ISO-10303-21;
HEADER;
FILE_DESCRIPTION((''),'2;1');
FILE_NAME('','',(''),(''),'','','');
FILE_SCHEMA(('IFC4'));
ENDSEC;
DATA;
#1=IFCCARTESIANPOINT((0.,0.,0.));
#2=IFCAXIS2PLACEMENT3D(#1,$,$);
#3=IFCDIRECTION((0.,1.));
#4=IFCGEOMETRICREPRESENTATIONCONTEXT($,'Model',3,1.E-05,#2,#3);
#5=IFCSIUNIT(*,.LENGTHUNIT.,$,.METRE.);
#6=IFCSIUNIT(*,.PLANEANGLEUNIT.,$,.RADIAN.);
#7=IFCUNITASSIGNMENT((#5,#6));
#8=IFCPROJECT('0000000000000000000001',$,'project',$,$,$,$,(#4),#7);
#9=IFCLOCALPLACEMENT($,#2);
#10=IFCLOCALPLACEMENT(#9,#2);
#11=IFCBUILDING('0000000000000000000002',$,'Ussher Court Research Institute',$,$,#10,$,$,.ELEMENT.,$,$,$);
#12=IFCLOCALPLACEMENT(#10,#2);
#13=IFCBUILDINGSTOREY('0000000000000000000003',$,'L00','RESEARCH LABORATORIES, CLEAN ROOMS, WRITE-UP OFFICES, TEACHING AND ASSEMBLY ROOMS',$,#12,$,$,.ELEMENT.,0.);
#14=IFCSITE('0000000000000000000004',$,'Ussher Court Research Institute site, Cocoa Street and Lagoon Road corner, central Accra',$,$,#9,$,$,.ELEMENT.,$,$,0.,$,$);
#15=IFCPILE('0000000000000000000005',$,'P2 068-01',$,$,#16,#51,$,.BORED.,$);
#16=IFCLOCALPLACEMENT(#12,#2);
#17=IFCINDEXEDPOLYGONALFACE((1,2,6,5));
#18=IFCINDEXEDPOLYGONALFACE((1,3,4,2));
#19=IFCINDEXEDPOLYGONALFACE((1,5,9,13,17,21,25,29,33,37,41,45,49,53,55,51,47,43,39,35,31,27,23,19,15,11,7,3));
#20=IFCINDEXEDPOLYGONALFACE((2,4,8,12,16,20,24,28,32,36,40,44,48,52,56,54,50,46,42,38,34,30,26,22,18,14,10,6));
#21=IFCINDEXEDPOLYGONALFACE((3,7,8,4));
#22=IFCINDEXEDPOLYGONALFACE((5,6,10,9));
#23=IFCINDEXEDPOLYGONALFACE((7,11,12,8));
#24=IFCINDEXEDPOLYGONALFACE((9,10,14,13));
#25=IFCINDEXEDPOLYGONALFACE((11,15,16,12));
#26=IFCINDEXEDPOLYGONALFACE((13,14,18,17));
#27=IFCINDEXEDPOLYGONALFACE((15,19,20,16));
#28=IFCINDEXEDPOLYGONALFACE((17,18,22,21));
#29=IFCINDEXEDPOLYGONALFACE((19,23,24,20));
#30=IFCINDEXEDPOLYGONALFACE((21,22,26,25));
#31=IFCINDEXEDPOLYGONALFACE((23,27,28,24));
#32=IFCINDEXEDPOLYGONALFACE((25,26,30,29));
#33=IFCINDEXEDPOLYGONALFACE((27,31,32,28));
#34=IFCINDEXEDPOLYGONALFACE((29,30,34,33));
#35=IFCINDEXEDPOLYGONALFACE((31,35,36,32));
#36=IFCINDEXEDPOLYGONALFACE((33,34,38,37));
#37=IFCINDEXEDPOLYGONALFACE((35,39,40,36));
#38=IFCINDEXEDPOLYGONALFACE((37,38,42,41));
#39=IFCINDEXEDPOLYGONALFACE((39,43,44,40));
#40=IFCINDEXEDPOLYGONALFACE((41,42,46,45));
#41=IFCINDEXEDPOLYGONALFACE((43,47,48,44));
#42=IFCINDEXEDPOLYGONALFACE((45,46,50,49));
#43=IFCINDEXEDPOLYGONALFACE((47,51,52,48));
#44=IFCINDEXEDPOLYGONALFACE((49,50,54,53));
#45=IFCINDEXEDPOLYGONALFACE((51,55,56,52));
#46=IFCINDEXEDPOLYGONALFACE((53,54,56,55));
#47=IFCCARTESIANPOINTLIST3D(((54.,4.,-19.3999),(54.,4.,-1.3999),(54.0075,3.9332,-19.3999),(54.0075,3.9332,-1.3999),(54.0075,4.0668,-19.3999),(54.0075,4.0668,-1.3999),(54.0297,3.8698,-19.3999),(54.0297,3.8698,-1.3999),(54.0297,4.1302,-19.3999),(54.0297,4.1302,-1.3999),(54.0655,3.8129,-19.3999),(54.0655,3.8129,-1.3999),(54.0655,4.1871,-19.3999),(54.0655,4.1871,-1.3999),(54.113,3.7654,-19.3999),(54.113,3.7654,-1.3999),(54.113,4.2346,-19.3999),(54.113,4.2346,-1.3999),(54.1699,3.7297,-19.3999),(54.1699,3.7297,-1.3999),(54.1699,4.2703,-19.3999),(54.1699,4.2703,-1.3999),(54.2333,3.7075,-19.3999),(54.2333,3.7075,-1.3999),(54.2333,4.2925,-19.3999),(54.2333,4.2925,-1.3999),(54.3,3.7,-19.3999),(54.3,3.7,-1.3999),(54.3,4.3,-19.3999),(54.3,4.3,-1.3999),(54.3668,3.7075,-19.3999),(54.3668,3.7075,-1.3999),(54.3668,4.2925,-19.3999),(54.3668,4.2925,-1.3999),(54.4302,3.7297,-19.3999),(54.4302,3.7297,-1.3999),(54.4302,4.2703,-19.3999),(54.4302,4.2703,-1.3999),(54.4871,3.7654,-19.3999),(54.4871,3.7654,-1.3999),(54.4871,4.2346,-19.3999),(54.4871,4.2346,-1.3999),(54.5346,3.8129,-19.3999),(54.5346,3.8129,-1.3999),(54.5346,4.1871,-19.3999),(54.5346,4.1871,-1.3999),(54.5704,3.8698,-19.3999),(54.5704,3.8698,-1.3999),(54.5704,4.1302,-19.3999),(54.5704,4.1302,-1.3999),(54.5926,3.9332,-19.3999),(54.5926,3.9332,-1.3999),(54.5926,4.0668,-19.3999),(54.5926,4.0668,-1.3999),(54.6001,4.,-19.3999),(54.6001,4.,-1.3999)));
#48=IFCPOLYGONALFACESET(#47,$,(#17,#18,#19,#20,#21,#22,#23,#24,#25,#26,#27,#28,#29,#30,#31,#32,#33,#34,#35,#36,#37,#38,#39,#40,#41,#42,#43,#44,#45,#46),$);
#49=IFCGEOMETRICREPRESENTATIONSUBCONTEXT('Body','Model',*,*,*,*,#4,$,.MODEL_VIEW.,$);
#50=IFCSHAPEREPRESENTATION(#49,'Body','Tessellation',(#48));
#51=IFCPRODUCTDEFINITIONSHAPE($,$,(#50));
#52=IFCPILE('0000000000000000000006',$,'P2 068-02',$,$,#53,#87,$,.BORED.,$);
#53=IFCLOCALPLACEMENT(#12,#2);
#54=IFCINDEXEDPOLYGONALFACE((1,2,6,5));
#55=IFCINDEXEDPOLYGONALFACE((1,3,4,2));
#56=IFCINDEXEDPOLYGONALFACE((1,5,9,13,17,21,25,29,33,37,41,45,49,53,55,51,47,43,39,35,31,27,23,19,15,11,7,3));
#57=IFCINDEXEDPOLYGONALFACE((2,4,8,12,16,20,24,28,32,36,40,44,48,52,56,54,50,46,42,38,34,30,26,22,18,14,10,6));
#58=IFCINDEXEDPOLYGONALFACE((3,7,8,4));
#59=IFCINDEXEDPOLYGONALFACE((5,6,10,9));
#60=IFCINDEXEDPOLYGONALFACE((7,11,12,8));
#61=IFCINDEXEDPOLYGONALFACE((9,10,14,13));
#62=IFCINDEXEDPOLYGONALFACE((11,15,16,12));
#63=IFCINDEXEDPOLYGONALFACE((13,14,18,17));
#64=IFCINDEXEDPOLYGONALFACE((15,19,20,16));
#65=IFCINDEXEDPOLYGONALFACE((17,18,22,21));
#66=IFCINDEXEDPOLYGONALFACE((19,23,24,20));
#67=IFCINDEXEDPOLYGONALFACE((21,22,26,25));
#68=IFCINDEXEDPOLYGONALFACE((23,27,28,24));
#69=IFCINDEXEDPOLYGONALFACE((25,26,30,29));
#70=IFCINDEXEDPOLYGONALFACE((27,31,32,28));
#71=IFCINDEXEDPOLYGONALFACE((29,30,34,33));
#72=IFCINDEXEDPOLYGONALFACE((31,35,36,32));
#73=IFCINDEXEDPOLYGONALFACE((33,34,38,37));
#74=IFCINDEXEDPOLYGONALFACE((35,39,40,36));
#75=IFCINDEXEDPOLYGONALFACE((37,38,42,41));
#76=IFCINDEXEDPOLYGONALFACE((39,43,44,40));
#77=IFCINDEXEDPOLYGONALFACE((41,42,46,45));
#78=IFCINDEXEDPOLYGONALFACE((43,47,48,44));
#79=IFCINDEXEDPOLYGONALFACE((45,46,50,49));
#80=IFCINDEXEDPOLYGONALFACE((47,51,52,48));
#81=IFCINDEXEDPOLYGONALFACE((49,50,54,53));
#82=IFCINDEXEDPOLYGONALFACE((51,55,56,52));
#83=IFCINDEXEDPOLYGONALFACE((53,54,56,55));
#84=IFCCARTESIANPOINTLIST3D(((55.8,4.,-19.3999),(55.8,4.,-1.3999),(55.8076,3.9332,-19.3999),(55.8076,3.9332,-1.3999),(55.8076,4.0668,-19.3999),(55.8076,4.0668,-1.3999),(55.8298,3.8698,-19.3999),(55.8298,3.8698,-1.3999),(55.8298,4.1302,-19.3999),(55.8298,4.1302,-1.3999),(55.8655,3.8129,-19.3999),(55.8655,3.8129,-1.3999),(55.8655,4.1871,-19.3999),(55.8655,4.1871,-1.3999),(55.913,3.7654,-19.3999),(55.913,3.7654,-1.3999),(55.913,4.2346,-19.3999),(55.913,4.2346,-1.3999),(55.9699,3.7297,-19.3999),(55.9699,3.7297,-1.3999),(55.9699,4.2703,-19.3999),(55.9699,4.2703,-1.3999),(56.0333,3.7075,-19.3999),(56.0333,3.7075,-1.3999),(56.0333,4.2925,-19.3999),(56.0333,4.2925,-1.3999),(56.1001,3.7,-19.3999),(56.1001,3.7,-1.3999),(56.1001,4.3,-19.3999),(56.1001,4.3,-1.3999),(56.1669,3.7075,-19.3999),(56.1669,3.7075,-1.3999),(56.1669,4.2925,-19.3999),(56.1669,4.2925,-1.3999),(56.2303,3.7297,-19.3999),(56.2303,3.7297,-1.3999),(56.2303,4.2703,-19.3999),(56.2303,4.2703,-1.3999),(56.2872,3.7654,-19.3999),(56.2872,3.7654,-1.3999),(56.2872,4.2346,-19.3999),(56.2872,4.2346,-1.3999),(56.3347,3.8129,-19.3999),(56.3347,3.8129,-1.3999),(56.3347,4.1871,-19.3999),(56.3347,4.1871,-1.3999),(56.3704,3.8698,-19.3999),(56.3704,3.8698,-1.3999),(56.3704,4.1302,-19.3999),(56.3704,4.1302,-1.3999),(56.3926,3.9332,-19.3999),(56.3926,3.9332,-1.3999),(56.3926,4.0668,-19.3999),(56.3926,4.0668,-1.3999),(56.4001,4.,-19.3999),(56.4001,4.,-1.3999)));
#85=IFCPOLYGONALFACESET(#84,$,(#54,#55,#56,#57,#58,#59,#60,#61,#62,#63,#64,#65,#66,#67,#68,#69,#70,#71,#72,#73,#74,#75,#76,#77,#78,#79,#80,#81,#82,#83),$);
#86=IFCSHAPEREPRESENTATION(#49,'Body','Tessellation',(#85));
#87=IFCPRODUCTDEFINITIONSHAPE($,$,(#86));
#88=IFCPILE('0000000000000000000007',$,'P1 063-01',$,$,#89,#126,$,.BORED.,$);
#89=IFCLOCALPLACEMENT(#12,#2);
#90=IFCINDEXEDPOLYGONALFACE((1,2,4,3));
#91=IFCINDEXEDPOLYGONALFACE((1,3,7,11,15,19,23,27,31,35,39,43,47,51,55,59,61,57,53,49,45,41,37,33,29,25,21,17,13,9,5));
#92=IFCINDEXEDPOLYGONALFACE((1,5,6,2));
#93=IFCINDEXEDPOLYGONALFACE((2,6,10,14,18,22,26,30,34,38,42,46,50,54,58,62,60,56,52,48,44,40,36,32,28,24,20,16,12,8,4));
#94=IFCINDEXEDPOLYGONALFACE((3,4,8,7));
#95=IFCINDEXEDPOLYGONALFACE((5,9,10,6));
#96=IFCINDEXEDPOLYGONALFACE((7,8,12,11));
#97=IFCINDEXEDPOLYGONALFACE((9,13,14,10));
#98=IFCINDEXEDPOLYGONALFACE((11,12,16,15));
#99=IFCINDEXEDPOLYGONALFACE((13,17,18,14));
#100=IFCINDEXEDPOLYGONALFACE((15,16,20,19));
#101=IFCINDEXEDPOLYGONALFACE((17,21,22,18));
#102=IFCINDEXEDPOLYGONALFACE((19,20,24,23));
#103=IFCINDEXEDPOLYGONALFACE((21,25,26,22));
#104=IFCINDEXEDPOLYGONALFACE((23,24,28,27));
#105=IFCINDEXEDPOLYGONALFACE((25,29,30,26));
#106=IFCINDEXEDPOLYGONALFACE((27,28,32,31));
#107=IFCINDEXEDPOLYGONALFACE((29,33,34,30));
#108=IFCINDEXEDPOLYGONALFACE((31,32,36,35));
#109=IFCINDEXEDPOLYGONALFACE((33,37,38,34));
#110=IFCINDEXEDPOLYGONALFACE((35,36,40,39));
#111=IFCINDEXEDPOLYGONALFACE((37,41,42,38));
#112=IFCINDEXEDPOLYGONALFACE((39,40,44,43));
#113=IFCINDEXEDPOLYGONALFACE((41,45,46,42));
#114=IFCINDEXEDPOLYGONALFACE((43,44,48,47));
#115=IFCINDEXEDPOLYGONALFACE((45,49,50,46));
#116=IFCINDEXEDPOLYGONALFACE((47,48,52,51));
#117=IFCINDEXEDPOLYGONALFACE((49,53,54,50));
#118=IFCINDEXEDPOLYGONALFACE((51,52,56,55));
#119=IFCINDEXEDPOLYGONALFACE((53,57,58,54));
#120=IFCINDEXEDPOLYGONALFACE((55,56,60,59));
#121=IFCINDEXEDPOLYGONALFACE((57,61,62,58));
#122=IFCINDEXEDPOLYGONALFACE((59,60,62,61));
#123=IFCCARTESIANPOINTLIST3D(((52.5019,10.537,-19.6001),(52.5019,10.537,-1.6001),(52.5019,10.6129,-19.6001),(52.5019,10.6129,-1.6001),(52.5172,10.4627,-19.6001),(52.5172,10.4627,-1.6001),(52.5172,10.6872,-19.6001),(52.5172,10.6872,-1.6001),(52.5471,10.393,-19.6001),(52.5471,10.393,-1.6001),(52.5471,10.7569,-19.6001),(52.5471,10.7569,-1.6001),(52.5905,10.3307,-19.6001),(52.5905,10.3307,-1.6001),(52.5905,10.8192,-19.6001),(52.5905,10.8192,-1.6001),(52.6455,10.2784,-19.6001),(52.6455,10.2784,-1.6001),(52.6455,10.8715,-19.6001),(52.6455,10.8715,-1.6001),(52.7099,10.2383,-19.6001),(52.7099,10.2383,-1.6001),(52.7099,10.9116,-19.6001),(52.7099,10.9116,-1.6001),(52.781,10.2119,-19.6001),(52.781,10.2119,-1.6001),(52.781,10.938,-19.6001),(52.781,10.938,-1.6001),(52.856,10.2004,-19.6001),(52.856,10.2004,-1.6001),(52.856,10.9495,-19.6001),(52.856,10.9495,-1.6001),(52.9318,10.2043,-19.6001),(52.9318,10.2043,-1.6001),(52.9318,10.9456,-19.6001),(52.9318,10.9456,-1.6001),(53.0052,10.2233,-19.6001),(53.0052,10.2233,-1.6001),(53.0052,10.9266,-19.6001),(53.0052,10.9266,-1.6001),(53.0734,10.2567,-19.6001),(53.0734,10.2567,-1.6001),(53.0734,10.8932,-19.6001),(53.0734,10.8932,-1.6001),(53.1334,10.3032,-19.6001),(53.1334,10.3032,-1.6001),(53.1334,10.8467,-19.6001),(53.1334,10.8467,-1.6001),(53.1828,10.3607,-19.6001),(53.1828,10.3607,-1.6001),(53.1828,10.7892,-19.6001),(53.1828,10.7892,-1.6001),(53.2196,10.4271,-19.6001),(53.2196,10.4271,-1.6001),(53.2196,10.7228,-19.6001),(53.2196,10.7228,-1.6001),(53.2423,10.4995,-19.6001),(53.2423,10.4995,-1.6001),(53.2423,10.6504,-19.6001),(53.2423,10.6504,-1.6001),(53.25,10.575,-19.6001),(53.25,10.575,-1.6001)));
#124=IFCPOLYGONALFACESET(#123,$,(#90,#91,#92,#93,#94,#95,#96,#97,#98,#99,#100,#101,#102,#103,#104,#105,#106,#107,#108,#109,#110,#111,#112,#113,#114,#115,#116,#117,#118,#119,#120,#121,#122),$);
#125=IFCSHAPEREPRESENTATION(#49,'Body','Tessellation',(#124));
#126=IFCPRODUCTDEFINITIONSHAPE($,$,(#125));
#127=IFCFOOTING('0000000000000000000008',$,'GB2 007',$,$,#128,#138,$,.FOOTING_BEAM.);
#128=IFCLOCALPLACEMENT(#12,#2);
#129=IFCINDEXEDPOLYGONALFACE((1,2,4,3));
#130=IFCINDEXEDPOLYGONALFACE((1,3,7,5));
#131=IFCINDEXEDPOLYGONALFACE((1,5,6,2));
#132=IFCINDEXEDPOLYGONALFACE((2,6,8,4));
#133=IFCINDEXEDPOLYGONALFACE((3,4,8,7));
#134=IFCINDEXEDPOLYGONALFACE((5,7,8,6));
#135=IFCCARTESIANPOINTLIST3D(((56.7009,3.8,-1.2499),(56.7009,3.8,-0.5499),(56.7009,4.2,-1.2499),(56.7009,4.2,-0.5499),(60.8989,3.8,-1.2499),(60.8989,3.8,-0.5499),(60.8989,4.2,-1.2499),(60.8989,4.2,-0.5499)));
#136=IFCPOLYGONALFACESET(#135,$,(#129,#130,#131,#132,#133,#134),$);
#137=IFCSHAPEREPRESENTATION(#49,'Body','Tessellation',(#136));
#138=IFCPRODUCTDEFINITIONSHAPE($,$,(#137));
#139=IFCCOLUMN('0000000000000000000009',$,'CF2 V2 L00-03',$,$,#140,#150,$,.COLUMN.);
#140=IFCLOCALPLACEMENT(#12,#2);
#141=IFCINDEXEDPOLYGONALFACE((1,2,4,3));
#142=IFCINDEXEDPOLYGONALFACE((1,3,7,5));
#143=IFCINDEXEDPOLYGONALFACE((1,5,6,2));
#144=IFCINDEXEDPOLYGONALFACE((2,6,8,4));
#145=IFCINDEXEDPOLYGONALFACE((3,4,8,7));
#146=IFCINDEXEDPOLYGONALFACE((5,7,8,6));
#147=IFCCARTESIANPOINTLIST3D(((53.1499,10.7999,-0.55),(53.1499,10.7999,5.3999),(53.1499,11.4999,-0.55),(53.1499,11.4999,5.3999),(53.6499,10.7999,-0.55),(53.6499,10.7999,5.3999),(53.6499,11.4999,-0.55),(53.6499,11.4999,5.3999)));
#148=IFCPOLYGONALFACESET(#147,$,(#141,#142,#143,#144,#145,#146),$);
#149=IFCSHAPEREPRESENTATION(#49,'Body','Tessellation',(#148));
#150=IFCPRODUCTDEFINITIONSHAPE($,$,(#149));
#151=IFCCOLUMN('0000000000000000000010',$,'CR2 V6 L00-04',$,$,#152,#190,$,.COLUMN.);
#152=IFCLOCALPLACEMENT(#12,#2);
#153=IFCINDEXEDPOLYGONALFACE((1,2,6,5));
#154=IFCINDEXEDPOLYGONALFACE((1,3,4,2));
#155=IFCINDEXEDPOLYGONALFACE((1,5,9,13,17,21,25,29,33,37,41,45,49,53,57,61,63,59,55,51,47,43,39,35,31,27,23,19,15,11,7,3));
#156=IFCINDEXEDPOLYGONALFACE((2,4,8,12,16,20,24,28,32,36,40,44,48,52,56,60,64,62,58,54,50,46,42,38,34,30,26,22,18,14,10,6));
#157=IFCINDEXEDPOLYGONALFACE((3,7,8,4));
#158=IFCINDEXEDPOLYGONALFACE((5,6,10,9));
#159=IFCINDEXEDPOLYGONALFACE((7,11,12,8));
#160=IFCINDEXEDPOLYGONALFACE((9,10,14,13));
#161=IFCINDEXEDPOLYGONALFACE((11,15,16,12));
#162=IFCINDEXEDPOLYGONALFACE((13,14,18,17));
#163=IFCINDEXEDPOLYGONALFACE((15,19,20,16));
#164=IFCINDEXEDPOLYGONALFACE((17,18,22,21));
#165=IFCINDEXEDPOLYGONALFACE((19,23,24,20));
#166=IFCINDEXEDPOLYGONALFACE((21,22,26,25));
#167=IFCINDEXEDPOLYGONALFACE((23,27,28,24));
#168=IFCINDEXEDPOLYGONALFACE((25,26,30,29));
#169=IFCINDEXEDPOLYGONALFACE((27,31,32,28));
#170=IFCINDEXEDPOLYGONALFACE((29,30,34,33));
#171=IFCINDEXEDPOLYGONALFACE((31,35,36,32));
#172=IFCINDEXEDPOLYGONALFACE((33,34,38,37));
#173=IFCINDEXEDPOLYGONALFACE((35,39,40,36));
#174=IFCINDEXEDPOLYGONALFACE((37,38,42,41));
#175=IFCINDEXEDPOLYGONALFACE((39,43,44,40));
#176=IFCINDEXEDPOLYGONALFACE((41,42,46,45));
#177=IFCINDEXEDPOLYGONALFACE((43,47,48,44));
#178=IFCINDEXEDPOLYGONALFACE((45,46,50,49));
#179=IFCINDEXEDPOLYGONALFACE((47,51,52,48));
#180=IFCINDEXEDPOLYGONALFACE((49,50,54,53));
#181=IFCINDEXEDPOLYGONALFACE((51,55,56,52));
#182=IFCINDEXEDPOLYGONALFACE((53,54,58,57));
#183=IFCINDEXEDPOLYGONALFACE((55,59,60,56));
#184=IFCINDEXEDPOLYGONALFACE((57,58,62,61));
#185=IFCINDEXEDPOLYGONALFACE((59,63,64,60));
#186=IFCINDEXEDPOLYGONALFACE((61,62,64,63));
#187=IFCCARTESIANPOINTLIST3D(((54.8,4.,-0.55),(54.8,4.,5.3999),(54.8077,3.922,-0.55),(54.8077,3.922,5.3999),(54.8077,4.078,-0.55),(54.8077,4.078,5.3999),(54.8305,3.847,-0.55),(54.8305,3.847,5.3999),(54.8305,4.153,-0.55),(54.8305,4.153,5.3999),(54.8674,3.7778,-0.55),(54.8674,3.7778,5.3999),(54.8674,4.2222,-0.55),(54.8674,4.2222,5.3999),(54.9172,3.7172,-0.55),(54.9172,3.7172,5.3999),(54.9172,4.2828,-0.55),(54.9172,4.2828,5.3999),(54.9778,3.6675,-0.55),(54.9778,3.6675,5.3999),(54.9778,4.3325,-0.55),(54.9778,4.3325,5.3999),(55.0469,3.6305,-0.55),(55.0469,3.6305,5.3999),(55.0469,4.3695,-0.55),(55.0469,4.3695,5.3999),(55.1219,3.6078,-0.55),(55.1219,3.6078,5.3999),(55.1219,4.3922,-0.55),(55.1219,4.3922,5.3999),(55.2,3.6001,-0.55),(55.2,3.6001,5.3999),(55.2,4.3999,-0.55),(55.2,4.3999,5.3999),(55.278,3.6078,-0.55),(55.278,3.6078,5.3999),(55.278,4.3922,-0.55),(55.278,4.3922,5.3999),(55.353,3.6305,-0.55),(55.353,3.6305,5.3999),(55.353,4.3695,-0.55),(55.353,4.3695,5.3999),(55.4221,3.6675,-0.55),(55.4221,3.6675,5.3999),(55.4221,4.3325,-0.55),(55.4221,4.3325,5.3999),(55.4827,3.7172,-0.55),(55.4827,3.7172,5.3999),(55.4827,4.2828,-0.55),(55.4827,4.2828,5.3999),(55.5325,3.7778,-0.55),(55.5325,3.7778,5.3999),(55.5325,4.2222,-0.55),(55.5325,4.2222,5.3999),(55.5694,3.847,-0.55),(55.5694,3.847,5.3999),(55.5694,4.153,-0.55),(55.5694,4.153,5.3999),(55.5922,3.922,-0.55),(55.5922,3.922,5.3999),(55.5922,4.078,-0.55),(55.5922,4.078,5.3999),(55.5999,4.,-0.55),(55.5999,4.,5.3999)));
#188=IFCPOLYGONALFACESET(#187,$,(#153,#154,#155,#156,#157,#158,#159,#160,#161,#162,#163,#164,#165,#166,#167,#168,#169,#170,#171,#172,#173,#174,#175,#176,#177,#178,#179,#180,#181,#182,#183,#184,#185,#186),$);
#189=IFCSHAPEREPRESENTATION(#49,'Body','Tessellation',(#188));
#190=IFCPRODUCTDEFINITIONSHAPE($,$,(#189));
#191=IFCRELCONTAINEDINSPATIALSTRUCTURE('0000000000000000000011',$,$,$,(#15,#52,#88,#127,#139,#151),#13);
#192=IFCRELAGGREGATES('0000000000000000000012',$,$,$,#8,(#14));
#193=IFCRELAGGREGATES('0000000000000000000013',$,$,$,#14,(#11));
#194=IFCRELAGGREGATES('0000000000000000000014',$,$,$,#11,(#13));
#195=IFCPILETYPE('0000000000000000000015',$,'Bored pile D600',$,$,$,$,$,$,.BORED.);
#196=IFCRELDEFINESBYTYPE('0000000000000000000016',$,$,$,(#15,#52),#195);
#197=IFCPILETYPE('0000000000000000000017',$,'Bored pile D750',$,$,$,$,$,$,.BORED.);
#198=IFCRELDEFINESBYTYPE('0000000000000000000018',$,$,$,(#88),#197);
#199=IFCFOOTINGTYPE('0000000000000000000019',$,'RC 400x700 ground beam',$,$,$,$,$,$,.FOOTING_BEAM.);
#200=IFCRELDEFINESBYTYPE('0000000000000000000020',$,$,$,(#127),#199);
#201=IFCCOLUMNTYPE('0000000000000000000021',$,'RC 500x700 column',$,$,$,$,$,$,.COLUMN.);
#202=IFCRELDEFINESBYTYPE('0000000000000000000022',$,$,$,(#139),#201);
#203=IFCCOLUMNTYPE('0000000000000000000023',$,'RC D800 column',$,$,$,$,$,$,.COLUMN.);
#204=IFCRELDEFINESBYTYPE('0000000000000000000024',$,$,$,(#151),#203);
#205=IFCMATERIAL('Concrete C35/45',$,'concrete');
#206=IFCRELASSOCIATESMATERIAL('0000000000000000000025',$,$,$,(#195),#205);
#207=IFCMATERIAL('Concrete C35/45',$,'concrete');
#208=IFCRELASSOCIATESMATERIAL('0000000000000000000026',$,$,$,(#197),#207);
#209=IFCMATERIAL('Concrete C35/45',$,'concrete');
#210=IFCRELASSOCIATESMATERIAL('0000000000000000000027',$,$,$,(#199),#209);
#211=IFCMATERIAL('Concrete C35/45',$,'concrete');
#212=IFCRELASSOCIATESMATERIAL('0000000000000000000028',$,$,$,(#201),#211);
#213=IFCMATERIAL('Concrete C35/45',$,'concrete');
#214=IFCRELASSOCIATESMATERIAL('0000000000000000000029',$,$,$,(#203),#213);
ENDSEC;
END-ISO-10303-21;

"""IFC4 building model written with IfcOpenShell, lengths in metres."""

from ifc_helpers import new_model, si_unit, direction, frame, origin, origin_2d, place, context, subcontext, project, spatial, rectangle, circle, extrude, material, material_profile, profile_set, type_object, element, save


model = new_model("IFC4")

# Units and contexts
model_context = context("Model", 3, precision=1e-05, world=origin(), true_north=direction((0.0, 1.0)))
body_context = subcontext(model_context, "Body", "Model", "MODEL_VIEW")
ifc_project = project(units=[si_unit("LENGTHUNIT", "METRE"), si_unit("PLANEANGLEUNIT", "RADIAN")], contexts=[model_context])

# Site, building, storey
site_placement = place(None, origin())
site = spatial("IfcSite", under=ifc_project, at=site_placement, Name="Ussher Court Research Institute site, Cocoa Street and Lagoon Road corner, central Accra", CompositionType="ELEMENT", RefElevation=0.0)
building_placement = place(site_placement, origin())
building = spatial("IfcBuilding", under=site, at=building_placement, Name="Ussher Court Research Institute", CompositionType="ELEMENT")
storey_placement = place(building_placement, origin())
storey = spatial("IfcBuildingStorey", under=building, at=storey_placement, Name="L00", Description="RESEARCH LABORATORIES, CLEAN ROOMS, WRITE-UP OFFICES, TEACHING AND ASSEMBLY ROOMS", CompositionType="ELEMENT", Elevation=0.0)

# Piles
ifc_material_1 = material(Name="Concrete C35/45", Category="concrete")
ifc_material_profile_1 = material_profile(ifc_material_1, circle(Radius=0.3, at=origin_2d()), Name="RC D600")
ifc_profile_set_1 = profile_set([ifc_material_profile_1], Name="Concrete C35/45")
pile_type_1 = type_object("IfcPileType", Name="Bored pile D600", PredefinedType="BORED", material=ifc_profile_set_1)
for number, where, z_axis, x_axis, name in (
    (1, (54.3, 4.0, -1.3999), (0.0, 0.0, -1.0), (1.0, 0.0, 0.0), "P2 068-01"),
    (2, (56.1001, 4.0, -1.3999), (0.0, 0.0, -1.0), (1.0, 0.0, 0.0), "P2 068-02"),
):
    element("IfcPile", number, at=place(storey_placement, frame(where, z_axis=z_axis, x_axis=x_axis)), inside=storey, type_object=pile_type_1, Name=name, PredefinedType="BORED", context=body_context, shape_type="SweptSolid", body=[
        extrude(circle(Radius=0.3, at=origin_2d()), origin(), (0.0, 0.0, 1.0), 18.0),
    ])
ifc_material_2 = material(Name="Concrete C35/45", Category="concrete")
ifc_material_profile_2 = material_profile(ifc_material_2, circle(Radius=0.375, at=origin_2d()), Name="RC D750")
ifc_profile_set_2 = profile_set([ifc_material_profile_2], Name="Concrete C35/45")
pile_type_2 = type_object("IfcPileType", Name="Bored pile D750", PredefinedType="BORED", material=ifc_profile_set_2)
pile_placement = place(storey_placement, frame((52.875, 10.575, -1.6001), z_axis=(0.0, 0.0, -1.0), x_axis=(1.0, 0.0, 0.0)))
element("IfcPile", 3, at=pile_placement, inside=storey, type_object=pile_type_2, Name="P1 063-01", PredefinedType="BORED", context=body_context, shape_type="SweptSolid", body=[
    extrude(circle(Radius=0.375, at=origin_2d()), origin(), (0.0, 0.0, 1.0), 18.0),
])

# Footing
ifc_material_3 = material(Name="Concrete C35/45", Category="concrete")
ifc_material_profile_3 = material_profile(ifc_material_3, rectangle(XDim=0.3999, YDim=0.7, at=origin_2d()), Name="RC 400x700")
ifc_profile_set_3 = profile_set([ifc_material_profile_3], Name="Concrete C35/45")
footing_type = type_object("IfcFootingType", Name="RC 400x700 ground beam", PredefinedType="FOOTING_BEAM", material=ifc_profile_set_3)
footing_placement = place(storey_placement, frame((56.7009, 4.0, -0.8999), z_axis=(1.0, 0.0, 0.0), x_axis=(0.0, 1.0, 0.0)))
element("IfcFooting", 4, at=footing_placement, inside=storey, type_object=footing_type, Name="GB2 007", PredefinedType="FOOTING_BEAM", context=body_context, shape_type="SweptSolid", body=[
    extrude(rectangle(XDim=0.3999, YDim=0.7, at=origin_2d()), origin(), (0.0, 0.0, 1.0), 4.198),
])

# Columns
ifc_material_4 = material(Name="Concrete C35/45", Category="concrete")
ifc_material_profile_4 = material_profile(ifc_material_4, rectangle(XDim=0.5, YDim=0.7, at=origin_2d()), Name="RC 500x700")
ifc_profile_set_4 = profile_set([ifc_material_profile_4], Name="Concrete C35/45")
column_type_1 = type_object("IfcColumnType", Name="RC 500x700 column", PredefinedType="COLUMN", material=ifc_profile_set_4)
column_1_placement = place(storey_placement, frame((53.3999, 11.1499, -0.55), z_axis=(0.0, 0.0, 1.0), x_axis=(1.0, 0.0, 0.0)))
element("IfcColumn", 5, at=column_1_placement, inside=storey, type_object=column_type_1, Name="CF2 V2 L00-03", PredefinedType="COLUMN", context=body_context, shape_type="SweptSolid", body=[
    extrude(rectangle(XDim=0.5, YDim=0.7, at=origin_2d()), origin(), (0.0, 0.0, 1.0), 5.95),
])
ifc_material_5 = material(Name="Concrete C35/45", Category="concrete")
ifc_material_profile_5 = material_profile(ifc_material_5, circle(Radius=0.3999, at=origin_2d()), Name="RC D800")
ifc_profile_set_5 = profile_set([ifc_material_profile_5], Name="Concrete C35/45")
column_type_2 = type_object("IfcColumnType", Name="RC D800 column", PredefinedType="COLUMN", material=ifc_profile_set_5)
column_2_placement = place(storey_placement, frame((55.2, 4.0, -0.55), z_axis=(0.0, 0.0, 1.0), x_axis=(1.0, 0.0, 0.0)))
element("IfcColumn", 6, at=column_2_placement, inside=storey, type_object=column_type_2, Name="CR2 V6 L00-04", PredefinedType="COLUMN", context=body_context, shape_type="SweptSolid", body=[
    extrude(circle(Radius=0.3999, at=origin_2d()), origin(), (0.0, 0.0, 1.0), 5.95),
])

save(model, "model.ifc")
